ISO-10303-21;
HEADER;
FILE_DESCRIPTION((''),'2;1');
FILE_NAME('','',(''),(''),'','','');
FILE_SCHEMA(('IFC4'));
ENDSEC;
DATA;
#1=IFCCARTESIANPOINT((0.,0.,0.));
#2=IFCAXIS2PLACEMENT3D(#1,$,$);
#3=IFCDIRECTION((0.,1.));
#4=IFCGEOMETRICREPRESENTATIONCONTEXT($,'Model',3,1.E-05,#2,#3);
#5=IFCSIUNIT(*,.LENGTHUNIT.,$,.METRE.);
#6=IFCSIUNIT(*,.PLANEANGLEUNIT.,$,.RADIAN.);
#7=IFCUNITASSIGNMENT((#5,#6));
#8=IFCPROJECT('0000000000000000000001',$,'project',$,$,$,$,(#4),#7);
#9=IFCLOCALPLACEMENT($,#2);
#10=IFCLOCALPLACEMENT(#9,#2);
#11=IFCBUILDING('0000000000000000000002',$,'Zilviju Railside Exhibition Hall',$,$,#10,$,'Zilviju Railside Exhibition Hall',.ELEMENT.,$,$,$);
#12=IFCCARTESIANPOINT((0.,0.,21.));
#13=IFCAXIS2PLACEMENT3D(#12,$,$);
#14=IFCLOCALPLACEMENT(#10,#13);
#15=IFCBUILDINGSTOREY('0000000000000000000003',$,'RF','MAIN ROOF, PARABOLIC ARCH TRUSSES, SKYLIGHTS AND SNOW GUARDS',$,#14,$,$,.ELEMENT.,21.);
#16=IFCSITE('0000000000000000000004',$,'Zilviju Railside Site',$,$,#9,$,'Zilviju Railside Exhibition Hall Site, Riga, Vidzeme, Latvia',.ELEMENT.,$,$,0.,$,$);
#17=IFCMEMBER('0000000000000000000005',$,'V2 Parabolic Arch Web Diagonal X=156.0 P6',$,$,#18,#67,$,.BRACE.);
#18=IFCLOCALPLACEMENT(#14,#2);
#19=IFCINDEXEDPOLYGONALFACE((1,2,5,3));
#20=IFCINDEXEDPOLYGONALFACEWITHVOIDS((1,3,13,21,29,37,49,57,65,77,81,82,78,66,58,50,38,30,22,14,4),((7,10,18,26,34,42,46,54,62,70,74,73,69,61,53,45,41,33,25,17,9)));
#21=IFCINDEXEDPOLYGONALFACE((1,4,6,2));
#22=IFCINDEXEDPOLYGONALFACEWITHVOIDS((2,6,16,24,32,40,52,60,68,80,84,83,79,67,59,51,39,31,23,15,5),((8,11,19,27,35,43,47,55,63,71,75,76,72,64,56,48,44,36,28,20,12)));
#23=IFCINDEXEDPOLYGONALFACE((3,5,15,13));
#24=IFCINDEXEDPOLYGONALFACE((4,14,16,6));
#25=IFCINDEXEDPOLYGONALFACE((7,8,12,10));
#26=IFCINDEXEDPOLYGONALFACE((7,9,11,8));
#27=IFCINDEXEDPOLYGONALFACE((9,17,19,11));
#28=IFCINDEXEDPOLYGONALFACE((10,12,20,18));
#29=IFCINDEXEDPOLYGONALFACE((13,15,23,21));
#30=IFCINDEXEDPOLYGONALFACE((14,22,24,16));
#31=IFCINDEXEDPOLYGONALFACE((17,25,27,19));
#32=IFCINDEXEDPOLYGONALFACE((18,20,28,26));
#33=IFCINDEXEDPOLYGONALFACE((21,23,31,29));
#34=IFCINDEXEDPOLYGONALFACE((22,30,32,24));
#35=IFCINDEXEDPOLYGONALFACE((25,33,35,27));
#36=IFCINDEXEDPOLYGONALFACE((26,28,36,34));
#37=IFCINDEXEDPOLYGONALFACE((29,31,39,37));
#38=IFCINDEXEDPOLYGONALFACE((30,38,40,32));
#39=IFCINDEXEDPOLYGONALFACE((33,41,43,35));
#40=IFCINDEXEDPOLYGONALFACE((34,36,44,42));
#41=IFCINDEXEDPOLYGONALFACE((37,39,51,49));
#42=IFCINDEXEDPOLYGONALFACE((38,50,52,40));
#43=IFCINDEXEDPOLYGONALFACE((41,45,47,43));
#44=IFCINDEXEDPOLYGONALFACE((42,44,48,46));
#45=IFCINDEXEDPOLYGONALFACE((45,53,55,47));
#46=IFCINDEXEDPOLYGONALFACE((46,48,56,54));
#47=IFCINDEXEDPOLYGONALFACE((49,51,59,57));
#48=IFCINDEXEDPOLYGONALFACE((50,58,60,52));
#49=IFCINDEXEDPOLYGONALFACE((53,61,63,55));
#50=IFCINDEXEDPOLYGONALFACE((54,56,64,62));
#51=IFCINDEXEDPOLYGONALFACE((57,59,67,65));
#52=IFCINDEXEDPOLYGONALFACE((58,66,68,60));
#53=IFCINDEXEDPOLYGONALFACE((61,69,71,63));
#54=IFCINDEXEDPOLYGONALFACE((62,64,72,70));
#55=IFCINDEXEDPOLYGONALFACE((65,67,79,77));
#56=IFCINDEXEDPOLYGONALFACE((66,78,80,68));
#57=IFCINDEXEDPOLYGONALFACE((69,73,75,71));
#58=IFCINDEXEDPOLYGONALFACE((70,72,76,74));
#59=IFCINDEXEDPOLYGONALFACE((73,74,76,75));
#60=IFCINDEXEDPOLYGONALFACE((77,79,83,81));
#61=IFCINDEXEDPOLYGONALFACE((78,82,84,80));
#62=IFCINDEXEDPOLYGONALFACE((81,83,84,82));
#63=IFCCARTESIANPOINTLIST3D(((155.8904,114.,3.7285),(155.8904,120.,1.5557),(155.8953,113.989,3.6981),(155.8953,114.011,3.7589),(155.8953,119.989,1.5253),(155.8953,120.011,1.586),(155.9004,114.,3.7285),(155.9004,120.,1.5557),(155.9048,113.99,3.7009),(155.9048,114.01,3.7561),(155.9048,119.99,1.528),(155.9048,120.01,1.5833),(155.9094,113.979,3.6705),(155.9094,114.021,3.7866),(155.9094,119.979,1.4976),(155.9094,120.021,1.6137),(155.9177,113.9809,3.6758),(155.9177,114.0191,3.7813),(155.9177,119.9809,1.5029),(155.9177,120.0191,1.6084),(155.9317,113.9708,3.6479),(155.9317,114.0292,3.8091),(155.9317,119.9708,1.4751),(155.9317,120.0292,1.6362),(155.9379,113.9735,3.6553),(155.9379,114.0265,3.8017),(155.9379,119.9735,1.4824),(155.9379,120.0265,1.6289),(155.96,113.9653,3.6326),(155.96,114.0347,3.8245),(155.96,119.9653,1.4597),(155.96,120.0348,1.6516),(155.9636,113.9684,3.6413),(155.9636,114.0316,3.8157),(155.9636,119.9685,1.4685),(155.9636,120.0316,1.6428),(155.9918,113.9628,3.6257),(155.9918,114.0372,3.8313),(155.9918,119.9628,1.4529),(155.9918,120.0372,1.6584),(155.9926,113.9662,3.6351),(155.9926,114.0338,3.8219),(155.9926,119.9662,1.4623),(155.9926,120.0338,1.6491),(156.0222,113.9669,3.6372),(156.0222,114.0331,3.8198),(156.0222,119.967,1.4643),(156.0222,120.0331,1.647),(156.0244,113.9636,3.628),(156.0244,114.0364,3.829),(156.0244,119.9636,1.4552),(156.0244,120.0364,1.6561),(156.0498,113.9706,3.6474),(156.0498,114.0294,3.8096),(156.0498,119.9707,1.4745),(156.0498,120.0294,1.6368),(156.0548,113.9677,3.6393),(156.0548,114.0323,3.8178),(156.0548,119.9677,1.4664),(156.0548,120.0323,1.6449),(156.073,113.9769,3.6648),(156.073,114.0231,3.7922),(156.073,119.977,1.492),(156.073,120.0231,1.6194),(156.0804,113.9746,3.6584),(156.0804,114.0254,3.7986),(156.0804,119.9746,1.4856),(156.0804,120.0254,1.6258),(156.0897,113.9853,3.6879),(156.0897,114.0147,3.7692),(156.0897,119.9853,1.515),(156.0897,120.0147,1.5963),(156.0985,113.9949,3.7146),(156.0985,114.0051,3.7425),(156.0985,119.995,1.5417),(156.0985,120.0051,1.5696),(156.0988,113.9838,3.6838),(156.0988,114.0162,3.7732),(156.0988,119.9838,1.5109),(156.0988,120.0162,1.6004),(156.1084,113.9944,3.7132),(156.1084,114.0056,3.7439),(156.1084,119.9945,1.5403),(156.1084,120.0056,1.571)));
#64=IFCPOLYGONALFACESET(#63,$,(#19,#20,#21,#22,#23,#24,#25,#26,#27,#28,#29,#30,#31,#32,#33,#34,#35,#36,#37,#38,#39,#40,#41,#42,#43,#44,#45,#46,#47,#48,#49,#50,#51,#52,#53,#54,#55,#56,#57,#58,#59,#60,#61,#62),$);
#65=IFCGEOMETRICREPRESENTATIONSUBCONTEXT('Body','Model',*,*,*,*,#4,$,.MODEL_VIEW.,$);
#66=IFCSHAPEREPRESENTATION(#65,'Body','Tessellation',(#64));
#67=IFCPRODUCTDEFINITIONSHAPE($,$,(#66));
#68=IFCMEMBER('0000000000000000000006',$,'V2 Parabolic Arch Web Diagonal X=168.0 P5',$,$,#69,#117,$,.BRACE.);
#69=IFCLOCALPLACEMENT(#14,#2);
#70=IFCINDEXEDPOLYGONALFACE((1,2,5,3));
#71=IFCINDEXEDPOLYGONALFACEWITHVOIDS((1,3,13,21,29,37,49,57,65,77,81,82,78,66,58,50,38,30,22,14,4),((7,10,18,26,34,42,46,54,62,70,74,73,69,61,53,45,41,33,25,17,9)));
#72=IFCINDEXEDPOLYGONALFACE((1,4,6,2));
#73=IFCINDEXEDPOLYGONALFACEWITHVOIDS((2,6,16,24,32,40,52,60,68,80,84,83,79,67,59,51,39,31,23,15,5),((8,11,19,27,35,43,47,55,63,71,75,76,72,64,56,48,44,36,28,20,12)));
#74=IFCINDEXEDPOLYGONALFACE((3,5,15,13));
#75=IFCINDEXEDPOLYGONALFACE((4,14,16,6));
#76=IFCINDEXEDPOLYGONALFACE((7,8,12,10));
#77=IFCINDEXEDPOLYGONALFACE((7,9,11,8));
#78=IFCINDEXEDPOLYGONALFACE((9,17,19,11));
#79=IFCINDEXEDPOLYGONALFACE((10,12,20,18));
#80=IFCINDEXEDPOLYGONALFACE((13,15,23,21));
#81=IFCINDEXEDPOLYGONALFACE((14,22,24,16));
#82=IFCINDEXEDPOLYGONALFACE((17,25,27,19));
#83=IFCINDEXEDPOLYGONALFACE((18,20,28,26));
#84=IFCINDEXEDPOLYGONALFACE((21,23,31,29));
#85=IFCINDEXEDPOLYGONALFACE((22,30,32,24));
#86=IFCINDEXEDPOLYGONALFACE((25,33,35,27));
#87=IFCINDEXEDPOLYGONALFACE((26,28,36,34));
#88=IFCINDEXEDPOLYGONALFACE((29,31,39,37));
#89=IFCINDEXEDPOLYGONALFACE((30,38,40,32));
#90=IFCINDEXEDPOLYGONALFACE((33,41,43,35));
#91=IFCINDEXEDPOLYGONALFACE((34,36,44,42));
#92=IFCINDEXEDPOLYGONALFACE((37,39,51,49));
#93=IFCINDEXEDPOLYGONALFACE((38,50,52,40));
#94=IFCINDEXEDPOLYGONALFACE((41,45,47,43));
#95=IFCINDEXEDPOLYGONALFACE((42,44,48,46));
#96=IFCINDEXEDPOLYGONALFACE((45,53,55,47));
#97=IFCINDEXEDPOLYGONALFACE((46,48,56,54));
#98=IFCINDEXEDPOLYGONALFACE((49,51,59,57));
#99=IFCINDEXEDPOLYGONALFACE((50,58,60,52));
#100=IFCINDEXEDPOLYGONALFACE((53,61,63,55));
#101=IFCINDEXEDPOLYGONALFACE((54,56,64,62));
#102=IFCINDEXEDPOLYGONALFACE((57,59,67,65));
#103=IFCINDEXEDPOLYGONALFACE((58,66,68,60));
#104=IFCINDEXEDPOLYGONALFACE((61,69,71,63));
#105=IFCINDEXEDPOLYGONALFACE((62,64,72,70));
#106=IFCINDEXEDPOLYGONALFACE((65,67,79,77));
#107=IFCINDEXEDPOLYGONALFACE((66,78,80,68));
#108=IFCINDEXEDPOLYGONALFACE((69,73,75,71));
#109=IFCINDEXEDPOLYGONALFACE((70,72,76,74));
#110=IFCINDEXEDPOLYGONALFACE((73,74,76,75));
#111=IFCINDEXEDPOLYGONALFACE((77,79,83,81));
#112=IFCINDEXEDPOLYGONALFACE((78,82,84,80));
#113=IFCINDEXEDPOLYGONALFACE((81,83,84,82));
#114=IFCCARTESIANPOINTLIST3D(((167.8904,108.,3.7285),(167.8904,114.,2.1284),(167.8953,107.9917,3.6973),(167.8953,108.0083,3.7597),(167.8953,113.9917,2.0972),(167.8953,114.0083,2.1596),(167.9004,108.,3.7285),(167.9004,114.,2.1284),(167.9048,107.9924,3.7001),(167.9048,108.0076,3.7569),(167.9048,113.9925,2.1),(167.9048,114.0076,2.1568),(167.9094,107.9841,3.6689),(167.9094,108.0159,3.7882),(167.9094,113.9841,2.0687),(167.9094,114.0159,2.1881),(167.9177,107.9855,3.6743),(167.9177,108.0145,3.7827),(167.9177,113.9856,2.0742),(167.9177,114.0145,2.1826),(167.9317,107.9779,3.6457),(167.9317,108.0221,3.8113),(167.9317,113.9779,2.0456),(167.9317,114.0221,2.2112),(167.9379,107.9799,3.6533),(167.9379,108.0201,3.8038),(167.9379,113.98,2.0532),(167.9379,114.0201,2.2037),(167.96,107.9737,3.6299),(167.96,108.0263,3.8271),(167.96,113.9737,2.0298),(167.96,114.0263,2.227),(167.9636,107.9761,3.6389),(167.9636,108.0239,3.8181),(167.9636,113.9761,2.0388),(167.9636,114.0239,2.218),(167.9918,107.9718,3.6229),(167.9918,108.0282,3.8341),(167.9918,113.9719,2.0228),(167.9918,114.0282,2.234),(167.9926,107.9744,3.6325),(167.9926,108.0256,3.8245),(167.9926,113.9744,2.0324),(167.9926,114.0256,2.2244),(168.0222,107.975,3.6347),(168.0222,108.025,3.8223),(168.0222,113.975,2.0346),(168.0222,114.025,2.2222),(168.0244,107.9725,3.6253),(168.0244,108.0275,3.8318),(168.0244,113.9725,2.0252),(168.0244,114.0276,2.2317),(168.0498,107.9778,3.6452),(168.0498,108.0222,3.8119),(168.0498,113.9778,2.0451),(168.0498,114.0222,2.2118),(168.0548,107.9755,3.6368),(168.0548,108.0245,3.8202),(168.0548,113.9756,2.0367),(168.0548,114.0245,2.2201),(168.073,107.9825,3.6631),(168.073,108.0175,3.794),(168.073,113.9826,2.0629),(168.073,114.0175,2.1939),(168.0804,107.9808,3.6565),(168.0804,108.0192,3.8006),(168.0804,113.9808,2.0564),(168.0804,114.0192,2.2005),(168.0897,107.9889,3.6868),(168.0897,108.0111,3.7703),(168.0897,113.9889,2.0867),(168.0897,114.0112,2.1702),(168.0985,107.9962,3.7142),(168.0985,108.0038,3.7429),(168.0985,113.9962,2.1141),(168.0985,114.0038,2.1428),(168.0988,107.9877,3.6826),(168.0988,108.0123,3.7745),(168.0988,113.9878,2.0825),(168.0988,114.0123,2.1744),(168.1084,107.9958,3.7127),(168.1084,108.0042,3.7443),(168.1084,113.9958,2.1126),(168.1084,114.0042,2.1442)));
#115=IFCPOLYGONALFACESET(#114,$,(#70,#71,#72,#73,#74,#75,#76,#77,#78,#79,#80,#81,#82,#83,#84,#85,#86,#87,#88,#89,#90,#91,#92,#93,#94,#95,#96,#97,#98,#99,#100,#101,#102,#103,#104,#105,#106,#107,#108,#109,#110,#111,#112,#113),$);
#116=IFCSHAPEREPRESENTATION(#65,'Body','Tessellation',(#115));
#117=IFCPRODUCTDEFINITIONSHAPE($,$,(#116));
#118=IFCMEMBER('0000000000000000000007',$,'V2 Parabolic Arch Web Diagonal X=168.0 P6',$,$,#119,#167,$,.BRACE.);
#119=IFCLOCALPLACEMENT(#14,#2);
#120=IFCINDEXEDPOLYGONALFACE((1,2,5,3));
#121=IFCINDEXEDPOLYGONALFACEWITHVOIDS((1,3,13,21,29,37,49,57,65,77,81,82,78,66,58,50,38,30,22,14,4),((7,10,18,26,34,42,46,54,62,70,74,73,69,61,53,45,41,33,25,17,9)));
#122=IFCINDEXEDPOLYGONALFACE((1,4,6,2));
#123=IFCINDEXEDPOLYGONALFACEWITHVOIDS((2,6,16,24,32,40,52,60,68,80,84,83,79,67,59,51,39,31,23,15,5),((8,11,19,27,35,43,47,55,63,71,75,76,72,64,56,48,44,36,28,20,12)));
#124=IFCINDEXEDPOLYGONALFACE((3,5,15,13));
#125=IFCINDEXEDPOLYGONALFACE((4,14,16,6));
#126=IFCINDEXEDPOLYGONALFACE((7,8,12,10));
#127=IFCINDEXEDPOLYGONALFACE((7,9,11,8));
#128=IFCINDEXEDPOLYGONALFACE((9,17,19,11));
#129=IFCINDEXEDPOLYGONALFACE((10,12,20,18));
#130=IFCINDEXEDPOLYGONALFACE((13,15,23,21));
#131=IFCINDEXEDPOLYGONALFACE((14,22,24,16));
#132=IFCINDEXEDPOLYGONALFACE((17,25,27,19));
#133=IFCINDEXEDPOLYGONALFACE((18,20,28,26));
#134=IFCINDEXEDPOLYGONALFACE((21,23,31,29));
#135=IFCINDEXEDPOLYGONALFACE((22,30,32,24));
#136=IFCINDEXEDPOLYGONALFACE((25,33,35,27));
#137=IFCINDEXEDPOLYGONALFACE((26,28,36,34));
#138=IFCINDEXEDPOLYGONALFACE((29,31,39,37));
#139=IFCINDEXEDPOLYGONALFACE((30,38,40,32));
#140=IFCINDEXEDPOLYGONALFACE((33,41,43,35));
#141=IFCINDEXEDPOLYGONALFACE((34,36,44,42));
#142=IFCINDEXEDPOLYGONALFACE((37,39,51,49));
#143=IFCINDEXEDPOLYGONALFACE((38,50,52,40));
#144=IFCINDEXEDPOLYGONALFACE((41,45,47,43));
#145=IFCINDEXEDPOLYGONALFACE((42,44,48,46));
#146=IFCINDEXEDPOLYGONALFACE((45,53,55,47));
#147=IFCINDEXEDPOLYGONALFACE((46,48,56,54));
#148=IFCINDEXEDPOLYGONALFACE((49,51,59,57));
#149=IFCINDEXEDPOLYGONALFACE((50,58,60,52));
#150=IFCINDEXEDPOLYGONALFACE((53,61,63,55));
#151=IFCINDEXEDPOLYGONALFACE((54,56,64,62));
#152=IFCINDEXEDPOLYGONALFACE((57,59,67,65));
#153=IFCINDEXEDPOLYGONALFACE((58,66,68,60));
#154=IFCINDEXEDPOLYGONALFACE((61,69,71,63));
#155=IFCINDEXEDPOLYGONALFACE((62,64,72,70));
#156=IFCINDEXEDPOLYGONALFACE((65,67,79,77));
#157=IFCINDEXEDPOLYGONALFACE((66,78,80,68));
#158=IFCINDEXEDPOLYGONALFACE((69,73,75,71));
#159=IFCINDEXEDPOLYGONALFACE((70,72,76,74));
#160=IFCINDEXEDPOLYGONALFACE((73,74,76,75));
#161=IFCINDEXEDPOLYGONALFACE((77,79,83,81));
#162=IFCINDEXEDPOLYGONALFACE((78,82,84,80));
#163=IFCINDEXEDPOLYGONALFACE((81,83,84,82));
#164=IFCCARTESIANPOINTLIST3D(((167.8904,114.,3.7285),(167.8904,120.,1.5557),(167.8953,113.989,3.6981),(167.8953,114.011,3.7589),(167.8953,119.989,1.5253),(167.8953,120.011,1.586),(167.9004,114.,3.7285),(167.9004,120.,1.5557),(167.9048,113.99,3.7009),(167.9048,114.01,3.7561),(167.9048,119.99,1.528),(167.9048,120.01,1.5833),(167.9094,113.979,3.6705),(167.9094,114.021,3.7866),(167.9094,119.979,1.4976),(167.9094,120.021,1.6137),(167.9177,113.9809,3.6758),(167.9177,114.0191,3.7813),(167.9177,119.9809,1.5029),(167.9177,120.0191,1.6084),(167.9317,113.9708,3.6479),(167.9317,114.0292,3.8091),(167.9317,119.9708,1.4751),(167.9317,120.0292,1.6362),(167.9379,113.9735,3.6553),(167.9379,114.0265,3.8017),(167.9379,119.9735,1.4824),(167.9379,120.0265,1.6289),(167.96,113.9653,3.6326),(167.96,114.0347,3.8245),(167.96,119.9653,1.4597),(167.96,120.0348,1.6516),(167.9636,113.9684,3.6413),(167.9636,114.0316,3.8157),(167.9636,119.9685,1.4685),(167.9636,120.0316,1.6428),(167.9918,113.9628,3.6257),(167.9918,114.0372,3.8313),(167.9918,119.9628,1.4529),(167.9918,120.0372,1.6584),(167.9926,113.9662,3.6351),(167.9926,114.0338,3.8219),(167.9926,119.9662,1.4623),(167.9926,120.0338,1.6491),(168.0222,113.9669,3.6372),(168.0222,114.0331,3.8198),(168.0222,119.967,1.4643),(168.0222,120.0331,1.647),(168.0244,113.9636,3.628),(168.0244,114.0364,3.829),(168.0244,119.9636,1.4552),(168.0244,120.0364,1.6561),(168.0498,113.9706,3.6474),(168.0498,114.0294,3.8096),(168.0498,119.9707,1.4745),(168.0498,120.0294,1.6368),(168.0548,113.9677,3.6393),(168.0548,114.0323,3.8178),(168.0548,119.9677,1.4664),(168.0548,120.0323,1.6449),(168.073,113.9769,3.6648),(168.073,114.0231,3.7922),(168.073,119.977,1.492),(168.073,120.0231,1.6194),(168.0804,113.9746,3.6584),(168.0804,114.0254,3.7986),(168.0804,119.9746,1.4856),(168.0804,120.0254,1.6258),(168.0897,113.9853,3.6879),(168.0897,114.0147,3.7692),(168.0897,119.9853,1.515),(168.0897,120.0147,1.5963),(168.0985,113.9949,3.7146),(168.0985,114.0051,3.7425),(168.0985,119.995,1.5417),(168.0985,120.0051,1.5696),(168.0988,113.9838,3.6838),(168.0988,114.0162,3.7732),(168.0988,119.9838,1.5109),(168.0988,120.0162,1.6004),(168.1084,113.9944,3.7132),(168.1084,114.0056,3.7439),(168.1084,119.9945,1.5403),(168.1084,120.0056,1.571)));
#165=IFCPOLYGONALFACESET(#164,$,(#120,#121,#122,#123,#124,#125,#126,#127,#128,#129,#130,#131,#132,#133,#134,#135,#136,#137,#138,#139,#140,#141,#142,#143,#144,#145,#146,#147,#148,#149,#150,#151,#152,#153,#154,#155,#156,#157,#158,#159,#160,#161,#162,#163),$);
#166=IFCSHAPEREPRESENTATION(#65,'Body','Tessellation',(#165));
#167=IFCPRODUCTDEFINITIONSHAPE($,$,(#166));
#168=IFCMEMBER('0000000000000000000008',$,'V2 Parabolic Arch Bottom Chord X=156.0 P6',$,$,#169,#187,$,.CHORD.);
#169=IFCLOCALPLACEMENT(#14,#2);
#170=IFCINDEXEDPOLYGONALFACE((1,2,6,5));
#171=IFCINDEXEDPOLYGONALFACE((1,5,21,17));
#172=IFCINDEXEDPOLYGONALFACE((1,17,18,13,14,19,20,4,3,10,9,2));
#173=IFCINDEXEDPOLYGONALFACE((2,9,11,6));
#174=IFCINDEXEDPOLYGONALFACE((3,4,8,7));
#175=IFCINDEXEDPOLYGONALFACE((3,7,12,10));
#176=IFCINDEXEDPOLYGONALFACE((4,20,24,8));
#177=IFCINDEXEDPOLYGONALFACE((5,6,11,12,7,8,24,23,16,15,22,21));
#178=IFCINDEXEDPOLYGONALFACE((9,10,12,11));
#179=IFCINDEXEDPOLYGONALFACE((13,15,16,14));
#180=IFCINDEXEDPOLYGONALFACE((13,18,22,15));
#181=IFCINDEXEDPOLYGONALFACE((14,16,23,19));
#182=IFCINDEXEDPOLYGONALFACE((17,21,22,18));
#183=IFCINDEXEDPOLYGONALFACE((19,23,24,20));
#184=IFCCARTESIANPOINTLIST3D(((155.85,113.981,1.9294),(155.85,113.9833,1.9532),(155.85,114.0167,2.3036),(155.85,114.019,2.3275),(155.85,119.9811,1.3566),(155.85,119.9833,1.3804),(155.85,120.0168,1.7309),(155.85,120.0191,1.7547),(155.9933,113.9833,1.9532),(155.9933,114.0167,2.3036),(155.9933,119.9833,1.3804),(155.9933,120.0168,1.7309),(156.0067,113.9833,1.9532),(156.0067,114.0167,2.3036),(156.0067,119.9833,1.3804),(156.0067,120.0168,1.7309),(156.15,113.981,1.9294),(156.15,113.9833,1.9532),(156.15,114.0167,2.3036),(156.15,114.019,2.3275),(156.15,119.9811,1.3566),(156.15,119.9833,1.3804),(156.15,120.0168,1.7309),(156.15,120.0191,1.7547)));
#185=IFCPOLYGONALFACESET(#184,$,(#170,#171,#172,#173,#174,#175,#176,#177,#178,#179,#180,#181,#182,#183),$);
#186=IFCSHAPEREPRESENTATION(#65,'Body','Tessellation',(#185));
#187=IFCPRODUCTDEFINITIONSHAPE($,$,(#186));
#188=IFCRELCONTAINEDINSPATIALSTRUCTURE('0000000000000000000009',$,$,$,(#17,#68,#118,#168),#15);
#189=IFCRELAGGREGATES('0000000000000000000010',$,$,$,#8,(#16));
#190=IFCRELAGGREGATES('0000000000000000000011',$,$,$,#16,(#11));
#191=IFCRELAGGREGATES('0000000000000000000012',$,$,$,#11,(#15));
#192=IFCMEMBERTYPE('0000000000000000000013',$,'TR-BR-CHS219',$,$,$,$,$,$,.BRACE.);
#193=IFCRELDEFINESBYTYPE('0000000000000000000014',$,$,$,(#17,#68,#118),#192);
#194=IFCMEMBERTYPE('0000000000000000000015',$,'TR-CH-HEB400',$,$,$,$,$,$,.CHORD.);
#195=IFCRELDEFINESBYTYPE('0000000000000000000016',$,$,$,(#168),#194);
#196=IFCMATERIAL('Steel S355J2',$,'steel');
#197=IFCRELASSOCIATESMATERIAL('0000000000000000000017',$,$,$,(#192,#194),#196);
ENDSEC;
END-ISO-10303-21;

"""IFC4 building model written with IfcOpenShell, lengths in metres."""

from ifc_helpers import new_model, si_unit, direction, frame, origin, origin_2d, place, context, subcontext, project, spatial, hollow_circle, i_section, extrude, material, material_profile, profile_set, type_object, element, save


model = new_model("IFC4")

# Units and contexts
model_context = context("Model", 3, precision=1e-05, world=origin(), true_north=direction((0.0, 1.0)))
body_context = subcontext(model_context, "Body", "Model", "MODEL_VIEW")
ifc_project = project(units=[si_unit("LENGTHUNIT", "METRE"), si_unit("PLANEANGLEUNIT", "RADIAN")], contexts=[model_context])

# Site, building, storey
site_placement = place(None, origin())
site = spatial("IfcSite", under=ifc_project, at=site_placement, Name="Zilviju Railside Site", LongName="Zilviju Railside Exhibition Hall Site, Riga, Vidzeme, Latvia", CompositionType="ELEMENT", RefElevation=0.0)
building_placement = place(site_placement, origin())
building = spatial("IfcBuilding", under=site, at=building_placement, Name="Zilviju Railside Exhibition Hall", LongName="Zilviju Railside Exhibition Hall", CompositionType="ELEMENT")
storey_placement = place(building_placement, frame((0.0, 0.0, 21.0)))
storey = spatial("IfcBuildingStorey", under=building, at=storey_placement, Name="RF", Description="MAIN ROOF, PARABOLIC ARCH TRUSSES, SKYLIGHTS AND SNOW GUARDS", CompositionType="ELEMENT", Elevation=21.0)

# Members
ifc_material_1 = material(Name="Steel S355J2", Category="steel")
ifc_material_profile_1 = material_profile(ifc_material_1, hollow_circle(Radius=0.1096, WallThickness=0.01, at=origin_2d()), Name="CHS 219.1x10.0")
ifc_profile_set_1 = profile_set([ifc_material_profile_1], Name="Steel S355J2")
member_type_1 = type_object("IfcMemberType", Name="TR-BR-CHS219", PredefinedType="BRACE", material=ifc_profile_set_1)
member_1_placement = place(storey_placement, frame((156.0, 114.0, 3.7285), z_axis=(0.0, 0.940244, -0.340502), x_axis=(-1.0, 0.0, 0.0)))
element("IfcMember", 1, at=member_1_placement, inside=storey, type_object=member_type_1, Name="V2 Parabolic Arch Web Diagonal X=156.0 P6", PredefinedType="BRACE", context=body_context, shape_type="SweptSolid", body=[
    extrude(hollow_circle(Radius=0.1096, WallThickness=0.01, at=origin_2d()), origin(), (0.0, 0.0, 1.0), 6.3813),
])
member_2_placement = place(storey_placement, frame((168.0, 108.0, 3.7285), z_axis=(0.0, 0.966231, -0.257677), x_axis=(-1.0, 0.0, 0.0)))
element("IfcMember", 2, at=member_2_placement, inside=storey, type_object=member_type_1, Name="V2 Parabolic Arch Web Diagonal X=168.0 P5", PredefinedType="BRACE", context=body_context, shape_type="SweptSolid", body=[
    extrude(hollow_circle(Radius=0.1096, WallThickness=0.01, at=origin_2d()), origin(), (0.0, 0.0, 1.0), 6.2097),
])
member_3_placement = place(storey_placement, frame((168.0, 114.0, 3.7285), z_axis=(0.0, 0.940244, -0.340502), x_axis=(-1.0, 0.0, 0.0)))
element("IfcMember", 3, at=member_3_placement, inside=storey, type_object=member_type_1, Name="V2 Parabolic Arch Web Diagonal X=168.0 P6", PredefinedType="BRACE", context=body_context, shape_type="SweptSolid", body=[
    extrude(hollow_circle(Radius=0.1096, WallThickness=0.01, at=origin_2d()), origin(), (0.0, 0.0, 1.0), 6.3813),
])
ifc_material_profile_2 = material_profile(ifc_material_1, i_section(OverallWidth=0.3, OverallDepth=0.3999, WebThickness=0.0134, FlangeThickness=0.0239, at=origin_2d()), Name="HEB 400")
ifc_profile_set_2 = profile_set([ifc_material_profile_2], Name="Steel S355J2")
member_type_2 = type_object("IfcMemberType", Name="TR-CH-HEB400", PredefinedType="CHORD", material=ifc_profile_set_2)
member_4_placement = place(storey_placement, frame((156.0, 114.0, 2.1284), z_axis=(0.0, 0.995475, -0.095027), x_axis=(-1.0, 0.0, 0.0)))
element("IfcMember", 4, at=member_4_placement, inside=storey, type_object=member_type_2, Name="V2 Parabolic Arch Bottom Chord X=156.0 P6", PredefinedType="CHORD", context=body_context, shape_type="SweptSolid", body=[
    extrude(i_section(OverallWidth=0.3, OverallDepth=0.3999, WebThickness=0.0134, FlangeThickness=0.0239, at=origin_2d()), origin(), (0.0, 0.0, 1.0), 6.0273),
])

save(model, "model.ifc")
